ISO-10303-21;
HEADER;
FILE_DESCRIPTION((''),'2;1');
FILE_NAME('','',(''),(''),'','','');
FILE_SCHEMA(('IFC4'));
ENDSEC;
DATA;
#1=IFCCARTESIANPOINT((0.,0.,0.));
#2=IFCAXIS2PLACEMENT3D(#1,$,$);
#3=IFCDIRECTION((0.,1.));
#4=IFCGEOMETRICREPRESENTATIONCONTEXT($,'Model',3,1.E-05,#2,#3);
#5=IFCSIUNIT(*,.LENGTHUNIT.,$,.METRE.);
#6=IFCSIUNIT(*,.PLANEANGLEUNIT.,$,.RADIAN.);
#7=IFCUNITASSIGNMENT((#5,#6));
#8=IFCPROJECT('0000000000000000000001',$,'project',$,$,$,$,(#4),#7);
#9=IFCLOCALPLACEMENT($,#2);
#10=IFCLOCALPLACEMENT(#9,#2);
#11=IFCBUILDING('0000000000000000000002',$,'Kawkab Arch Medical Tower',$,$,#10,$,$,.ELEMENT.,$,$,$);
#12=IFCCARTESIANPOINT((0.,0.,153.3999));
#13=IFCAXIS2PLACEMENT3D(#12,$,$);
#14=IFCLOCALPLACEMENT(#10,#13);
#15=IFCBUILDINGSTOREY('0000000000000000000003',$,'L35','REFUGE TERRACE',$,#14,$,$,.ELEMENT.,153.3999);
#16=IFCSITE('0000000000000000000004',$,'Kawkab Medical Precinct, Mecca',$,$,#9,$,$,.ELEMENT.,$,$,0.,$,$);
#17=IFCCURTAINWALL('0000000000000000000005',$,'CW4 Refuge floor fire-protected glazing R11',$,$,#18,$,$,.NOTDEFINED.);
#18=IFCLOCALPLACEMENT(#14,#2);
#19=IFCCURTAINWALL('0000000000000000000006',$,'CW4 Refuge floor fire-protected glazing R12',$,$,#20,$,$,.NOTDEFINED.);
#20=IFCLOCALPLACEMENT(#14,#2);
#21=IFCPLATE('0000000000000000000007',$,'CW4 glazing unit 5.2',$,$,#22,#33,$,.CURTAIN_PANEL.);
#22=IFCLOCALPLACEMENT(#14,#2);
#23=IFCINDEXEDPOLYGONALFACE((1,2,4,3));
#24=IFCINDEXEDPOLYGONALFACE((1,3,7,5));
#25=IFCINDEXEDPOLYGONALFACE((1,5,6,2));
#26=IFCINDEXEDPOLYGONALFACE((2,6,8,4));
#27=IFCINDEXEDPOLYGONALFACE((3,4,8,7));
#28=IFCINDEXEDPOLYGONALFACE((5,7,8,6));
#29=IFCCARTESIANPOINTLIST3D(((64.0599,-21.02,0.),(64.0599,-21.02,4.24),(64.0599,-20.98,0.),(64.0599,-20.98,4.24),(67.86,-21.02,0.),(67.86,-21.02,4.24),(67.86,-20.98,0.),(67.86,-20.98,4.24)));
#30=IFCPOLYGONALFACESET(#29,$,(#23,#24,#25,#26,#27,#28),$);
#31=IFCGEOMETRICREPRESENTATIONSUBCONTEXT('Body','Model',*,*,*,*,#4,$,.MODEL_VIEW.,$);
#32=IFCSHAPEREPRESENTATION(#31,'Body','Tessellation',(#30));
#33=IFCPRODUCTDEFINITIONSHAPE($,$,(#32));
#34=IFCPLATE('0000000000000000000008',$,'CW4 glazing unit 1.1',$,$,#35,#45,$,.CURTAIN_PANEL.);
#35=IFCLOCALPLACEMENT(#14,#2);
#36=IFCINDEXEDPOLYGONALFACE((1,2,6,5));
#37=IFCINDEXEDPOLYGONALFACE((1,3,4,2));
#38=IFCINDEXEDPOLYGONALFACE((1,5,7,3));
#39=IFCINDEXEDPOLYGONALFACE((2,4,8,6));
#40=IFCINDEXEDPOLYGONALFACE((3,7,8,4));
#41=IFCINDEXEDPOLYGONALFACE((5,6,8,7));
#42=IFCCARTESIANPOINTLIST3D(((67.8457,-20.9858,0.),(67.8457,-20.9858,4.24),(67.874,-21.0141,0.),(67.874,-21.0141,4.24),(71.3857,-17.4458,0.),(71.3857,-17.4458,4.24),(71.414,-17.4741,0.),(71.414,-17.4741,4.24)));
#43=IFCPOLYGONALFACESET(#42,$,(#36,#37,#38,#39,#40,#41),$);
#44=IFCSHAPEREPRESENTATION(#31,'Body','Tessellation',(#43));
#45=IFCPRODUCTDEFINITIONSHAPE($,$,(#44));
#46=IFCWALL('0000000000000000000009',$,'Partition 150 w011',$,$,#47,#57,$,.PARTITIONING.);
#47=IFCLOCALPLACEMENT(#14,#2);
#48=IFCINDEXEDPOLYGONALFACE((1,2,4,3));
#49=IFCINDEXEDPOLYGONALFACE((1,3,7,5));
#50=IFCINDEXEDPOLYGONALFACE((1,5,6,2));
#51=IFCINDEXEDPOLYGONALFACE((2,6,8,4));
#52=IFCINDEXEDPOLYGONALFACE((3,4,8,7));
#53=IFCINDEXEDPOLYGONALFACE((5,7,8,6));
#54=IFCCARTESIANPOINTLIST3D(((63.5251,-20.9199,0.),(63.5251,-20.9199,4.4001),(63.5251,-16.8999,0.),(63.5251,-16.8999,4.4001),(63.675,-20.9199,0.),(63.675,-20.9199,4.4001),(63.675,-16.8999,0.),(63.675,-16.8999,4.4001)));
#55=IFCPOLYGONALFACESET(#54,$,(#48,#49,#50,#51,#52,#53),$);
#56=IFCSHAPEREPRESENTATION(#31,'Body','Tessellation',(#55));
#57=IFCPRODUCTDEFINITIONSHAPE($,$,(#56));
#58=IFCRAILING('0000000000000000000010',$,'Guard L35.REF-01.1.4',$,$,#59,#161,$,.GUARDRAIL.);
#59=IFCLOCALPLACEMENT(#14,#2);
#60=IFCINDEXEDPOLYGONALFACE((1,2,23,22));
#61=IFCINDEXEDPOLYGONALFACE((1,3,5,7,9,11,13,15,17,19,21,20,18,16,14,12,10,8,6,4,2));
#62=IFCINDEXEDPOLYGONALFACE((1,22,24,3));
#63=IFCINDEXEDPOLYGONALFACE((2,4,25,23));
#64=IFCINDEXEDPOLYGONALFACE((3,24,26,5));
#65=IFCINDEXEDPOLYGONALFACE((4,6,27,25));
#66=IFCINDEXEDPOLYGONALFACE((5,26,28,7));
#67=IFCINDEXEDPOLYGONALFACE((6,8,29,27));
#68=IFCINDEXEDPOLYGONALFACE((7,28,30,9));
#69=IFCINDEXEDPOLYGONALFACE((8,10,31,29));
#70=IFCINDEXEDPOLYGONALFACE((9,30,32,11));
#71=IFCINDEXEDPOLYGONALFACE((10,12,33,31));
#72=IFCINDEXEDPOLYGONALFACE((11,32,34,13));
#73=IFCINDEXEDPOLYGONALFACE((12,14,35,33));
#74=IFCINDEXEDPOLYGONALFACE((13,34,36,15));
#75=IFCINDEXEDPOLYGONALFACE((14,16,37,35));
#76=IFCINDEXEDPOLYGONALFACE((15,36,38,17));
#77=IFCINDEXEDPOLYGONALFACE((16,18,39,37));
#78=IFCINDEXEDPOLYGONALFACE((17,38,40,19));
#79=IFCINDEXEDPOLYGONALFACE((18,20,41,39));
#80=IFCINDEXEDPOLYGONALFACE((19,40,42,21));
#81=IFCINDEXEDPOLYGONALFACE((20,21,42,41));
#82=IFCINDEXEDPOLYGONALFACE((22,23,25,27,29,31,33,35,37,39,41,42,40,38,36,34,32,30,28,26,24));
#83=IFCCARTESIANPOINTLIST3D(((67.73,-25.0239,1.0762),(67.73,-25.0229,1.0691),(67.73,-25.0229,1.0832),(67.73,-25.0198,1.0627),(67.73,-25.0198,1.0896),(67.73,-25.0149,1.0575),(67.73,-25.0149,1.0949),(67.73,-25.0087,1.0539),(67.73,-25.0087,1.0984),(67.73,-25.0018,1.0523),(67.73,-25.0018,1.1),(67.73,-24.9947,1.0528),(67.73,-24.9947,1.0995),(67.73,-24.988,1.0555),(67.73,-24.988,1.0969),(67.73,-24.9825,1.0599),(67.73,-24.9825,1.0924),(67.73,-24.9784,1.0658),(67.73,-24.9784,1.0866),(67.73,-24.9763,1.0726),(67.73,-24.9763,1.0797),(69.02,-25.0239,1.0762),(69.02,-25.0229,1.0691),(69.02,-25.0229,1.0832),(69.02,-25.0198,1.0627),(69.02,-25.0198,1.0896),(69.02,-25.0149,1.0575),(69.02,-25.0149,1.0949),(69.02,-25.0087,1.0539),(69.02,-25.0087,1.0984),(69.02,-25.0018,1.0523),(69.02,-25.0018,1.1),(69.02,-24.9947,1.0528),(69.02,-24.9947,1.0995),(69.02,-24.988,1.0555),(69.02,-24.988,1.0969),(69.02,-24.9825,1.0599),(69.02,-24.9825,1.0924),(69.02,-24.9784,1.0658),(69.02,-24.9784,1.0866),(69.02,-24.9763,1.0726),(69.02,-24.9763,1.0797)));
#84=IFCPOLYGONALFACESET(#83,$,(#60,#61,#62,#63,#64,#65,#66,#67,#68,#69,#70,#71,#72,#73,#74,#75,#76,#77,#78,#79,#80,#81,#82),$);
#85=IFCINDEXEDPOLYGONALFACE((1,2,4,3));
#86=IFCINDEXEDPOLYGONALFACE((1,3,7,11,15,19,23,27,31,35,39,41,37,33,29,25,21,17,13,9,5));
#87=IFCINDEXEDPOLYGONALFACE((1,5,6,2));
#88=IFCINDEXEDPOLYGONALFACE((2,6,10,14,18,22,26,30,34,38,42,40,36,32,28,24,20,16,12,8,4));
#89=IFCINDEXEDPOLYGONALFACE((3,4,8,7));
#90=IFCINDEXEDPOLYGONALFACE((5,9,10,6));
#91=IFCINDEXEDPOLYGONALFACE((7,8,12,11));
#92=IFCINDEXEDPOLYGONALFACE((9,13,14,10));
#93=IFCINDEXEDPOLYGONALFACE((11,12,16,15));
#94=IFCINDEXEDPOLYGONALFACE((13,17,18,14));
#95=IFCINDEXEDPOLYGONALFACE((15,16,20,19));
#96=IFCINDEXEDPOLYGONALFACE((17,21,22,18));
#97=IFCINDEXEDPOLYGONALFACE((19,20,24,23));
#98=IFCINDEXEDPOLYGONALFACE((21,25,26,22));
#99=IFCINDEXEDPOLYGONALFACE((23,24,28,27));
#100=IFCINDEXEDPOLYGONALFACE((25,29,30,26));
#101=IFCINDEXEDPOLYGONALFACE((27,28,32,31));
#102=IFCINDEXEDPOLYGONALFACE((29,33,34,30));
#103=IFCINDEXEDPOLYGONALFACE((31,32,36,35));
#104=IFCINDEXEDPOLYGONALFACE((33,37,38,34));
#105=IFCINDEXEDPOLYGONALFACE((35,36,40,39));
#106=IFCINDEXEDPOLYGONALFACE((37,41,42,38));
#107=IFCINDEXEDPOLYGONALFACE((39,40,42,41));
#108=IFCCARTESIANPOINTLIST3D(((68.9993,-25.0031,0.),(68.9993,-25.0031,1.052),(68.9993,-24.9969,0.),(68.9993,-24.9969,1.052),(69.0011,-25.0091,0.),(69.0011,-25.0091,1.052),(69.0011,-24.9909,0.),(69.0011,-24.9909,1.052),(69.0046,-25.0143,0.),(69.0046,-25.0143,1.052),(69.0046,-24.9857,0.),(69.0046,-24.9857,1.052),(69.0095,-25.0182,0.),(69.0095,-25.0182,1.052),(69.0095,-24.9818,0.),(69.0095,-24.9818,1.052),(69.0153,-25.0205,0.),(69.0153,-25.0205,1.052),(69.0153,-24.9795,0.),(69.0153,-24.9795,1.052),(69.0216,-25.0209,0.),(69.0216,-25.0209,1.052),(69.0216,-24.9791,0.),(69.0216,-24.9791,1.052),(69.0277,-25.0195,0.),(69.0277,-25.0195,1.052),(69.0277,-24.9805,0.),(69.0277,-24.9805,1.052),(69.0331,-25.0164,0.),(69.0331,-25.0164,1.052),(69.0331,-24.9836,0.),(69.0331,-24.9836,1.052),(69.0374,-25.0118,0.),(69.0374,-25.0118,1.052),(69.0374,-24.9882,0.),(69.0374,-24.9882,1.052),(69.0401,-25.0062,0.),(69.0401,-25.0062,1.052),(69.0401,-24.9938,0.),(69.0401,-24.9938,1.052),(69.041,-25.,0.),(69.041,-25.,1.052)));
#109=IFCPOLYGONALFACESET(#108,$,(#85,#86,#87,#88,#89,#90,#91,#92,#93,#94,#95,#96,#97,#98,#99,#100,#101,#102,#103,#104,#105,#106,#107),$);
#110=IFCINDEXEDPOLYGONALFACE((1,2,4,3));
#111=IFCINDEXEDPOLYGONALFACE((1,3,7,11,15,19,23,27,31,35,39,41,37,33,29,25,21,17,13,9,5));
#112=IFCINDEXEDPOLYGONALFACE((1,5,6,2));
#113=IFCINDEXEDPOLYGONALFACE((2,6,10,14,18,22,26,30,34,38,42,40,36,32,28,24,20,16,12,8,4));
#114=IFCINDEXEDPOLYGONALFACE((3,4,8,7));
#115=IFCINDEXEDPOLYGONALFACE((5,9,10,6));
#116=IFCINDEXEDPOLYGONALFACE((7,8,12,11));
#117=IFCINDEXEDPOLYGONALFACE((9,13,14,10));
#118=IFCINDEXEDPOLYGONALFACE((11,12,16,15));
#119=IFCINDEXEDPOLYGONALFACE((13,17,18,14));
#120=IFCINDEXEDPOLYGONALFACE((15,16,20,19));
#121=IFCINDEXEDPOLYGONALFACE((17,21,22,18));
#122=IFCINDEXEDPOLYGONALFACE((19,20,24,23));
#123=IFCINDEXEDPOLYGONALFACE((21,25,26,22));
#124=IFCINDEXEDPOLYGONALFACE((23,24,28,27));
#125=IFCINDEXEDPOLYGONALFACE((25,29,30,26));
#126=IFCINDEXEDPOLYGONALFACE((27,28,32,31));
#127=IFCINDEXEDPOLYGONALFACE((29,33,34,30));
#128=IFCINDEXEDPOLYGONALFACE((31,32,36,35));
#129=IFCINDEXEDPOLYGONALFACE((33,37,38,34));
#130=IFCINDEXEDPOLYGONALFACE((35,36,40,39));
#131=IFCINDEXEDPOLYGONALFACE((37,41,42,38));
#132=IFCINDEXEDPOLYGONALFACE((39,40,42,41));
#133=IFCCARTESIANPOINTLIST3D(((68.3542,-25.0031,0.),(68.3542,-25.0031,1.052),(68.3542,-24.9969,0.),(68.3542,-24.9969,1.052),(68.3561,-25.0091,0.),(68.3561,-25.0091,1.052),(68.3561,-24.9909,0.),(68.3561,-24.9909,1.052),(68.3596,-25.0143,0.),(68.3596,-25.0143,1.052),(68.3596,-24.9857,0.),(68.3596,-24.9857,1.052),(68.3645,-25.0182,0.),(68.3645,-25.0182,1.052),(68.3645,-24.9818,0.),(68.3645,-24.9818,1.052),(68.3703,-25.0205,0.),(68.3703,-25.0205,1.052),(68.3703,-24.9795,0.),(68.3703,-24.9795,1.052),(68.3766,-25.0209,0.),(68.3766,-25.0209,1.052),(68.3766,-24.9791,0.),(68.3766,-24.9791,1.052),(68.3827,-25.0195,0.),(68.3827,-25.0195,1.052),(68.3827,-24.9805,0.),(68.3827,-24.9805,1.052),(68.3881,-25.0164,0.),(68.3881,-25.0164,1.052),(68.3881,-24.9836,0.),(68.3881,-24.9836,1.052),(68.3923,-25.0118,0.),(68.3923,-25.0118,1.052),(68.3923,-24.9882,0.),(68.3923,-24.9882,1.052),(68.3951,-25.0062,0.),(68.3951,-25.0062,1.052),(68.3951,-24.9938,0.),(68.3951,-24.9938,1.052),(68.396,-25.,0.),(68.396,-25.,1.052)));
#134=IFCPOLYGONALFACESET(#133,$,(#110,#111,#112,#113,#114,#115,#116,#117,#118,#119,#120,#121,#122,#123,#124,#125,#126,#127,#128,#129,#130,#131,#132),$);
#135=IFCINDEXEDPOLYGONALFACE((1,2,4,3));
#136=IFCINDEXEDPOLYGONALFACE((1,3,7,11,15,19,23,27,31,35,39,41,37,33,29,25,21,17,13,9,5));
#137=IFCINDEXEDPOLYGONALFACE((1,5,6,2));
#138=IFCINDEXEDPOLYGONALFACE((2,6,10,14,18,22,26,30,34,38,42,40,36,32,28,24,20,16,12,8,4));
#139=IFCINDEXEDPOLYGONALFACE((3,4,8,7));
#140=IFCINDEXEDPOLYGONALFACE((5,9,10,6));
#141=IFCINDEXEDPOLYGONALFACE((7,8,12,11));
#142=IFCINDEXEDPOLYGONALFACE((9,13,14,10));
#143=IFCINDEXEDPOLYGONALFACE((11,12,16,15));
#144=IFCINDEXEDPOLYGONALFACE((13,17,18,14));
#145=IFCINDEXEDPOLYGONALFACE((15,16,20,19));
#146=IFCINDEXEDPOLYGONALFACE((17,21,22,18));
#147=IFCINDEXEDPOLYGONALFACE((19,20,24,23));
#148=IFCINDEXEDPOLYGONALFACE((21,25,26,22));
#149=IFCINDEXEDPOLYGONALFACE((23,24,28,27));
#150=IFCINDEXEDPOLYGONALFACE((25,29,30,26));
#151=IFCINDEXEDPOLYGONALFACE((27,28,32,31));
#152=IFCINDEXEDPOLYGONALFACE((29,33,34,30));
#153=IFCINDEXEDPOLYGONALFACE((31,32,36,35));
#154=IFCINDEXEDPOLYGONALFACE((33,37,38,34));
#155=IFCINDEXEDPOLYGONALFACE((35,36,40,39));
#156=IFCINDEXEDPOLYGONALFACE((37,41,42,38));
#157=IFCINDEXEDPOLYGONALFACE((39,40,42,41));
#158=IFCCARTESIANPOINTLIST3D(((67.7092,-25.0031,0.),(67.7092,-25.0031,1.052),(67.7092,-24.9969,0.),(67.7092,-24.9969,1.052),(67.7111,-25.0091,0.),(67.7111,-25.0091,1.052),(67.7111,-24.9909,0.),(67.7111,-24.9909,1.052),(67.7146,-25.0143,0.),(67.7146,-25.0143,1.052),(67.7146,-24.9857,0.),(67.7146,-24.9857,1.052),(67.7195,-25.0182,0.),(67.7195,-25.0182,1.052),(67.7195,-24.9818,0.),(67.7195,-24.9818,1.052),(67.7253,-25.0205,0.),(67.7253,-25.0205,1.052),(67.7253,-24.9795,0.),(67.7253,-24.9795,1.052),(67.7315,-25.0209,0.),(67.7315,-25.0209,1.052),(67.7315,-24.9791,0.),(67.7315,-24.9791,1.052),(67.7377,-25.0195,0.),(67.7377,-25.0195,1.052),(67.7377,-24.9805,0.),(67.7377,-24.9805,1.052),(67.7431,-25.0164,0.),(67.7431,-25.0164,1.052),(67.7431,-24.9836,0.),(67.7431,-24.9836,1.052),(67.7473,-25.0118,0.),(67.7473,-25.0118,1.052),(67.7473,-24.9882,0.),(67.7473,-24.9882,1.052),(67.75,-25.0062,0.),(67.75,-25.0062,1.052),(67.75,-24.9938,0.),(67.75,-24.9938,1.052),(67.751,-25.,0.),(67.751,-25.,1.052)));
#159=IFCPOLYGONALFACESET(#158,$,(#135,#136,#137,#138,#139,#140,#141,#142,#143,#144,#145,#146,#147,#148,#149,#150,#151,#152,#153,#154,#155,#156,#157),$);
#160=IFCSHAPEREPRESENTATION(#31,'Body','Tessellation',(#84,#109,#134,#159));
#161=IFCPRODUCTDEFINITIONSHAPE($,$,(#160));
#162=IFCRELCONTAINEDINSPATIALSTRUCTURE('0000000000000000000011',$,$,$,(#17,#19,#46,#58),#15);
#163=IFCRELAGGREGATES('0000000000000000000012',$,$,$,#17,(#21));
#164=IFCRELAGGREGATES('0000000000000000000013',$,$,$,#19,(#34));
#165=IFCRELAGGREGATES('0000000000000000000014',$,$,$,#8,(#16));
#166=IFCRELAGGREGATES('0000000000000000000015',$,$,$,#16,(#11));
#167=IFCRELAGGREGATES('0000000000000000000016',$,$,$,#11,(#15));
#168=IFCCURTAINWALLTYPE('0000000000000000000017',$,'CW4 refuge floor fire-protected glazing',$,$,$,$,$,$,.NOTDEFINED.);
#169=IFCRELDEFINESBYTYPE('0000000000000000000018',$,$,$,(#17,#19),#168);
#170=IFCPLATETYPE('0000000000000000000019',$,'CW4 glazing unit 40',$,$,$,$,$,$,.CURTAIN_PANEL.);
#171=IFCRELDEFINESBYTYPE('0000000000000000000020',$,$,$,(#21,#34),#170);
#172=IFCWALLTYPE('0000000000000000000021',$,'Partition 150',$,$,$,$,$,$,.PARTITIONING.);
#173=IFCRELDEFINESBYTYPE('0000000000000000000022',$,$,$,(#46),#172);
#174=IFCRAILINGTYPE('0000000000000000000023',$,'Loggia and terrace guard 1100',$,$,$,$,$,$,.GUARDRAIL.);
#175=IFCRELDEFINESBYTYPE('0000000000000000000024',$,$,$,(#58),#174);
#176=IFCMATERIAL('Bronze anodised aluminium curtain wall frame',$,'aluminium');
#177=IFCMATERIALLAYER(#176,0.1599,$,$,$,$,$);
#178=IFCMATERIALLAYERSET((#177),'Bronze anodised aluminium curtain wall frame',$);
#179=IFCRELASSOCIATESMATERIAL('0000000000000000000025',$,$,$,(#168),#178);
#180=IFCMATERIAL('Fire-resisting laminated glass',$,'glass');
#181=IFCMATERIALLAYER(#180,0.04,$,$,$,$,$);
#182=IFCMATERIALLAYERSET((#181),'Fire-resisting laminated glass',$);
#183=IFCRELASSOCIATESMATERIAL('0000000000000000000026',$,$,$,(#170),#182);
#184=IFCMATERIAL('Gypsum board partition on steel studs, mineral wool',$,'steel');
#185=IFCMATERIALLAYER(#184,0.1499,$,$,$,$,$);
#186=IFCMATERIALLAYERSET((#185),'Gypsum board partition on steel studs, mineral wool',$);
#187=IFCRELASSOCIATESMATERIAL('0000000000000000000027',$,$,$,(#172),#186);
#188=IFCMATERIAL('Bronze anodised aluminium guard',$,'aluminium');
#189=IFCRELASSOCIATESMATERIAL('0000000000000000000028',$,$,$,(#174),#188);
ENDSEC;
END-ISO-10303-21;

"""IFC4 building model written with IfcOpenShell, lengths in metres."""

from ifc_helpers import new_model, si_unit, direction, frame, frame_2d, origin, origin_2d, place, context, subcontext, project, spatial, rectangle, circle, extrude, material, layer, layer_set, type_object, element, aggregate, save


model = new_model("IFC4")

# Units and contexts
model_context = context("Model", 3, precision=1e-05, world=origin(), true_north=direction((0.0, 1.0)))
body_context = subcontext(model_context, "Body", "Model", "MODEL_VIEW")
ifc_project = project(units=[si_unit("LENGTHUNIT", "METRE"), si_unit("PLANEANGLEUNIT", "RADIAN")], contexts=[model_context])

# Site, building, storey
site_placement = place(None, origin())
site = spatial("IfcSite", under=ifc_project, at=site_placement, Name="Kawkab Medical Precinct, Mecca", CompositionType="ELEMENT", RefElevation=0.0)
building_placement = place(site_placement, origin())
building = spatial("IfcBuilding", under=site, at=building_placement, Name="Kawkab Arch Medical Tower", CompositionType="ELEMENT")
storey_placement = place(building_placement, frame((0.0, 0.0, 153.3999)))
storey = spatial("IfcBuildingStorey", under=building, at=storey_placement, Name="L35", Description="REFUGE TERRACE", CompositionType="ELEMENT", Elevation=153.3999)

# Curtain wall
ifc_material_1 = material(Name="Bronze anodised aluminium curtain wall frame", Category="aluminium")
ifc_layer_1 = layer(ifc_material_1, 0.1599)
ifc_layer_set_1 = layer_set([ifc_layer_1], Name="Bronze anodised aluminium curtain wall frame")
curtain_wall_type = type_object("IfcCurtainWallType", Name="CW4 refuge floor fire-protected glazing", PredefinedType="NOTDEFINED", material=ifc_layer_set_1)
placement = place(storey_placement, origin())
curtain_wall_1 = element("IfcCurtainWall", 1, at=placement, inside=storey, type_object=curtain_wall_type, Name="CW4 Refuge floor fire-protected glazing R11", PredefinedType="NOTDEFINED")

# Curtain wall
curtain_wall_2 = element("IfcCurtainWall", 2, at=placement, inside=storey, type_object=curtain_wall_type, Name="CW4 Refuge floor fire-protected glazing R12", PredefinedType="NOTDEFINED")

# Plates
ifc_material_2 = material(Name="Fire-resisting laminated glass", Category="glass")
ifc_layer_2 = layer(ifc_material_2, 0.04)
ifc_layer_set_2 = layer_set([ifc_layer_2], Name="Fire-resisting laminated glass")
plate_type = type_object("IfcPlateType", Name="CW4 glazing unit 40", PredefinedType="CURTAIN_PANEL", material=ifc_layer_set_2)
plate_1_placement = place(storey_placement, frame((65.96, -21.0, 0.0), z_axis=(0.0, 0.0, 1.0), x_axis=(1.0, 0.0, 0.0)))
plate_1 = element("IfcPlate", 3, at=plate_1_placement, type_object=plate_type, Name="CW4 glazing unit 5.2", PredefinedType="CURTAIN_PANEL", context=body_context, shape_type="SweptSolid", body=[
    extrude(rectangle(XDim=3.8, YDim=0.04, at=origin_2d()), origin(), (0.0, 0.0, 1.0), 4.24),
])
aggregate(curtain_wall_1, [plate_1])
plate_2_placement = place(storey_placement, frame((69.6299, -19.23, 0.0), z_axis=(0.0, 0.0, 1.0), x_axis=(0.707107, 0.707107, 0.0)))
plate_2 = element("IfcPlate", 4, at=plate_2_placement, type_object=plate_type, Name="CW4 glazing unit 1.1", PredefinedType="CURTAIN_PANEL", context=body_context, shape_type="SweptSolid", body=[
    extrude(rectangle(XDim=5.0063, YDim=0.04, at=origin_2d()), origin(), (0.0, 0.0, 1.0), 4.24),
])
aggregate(curtain_wall_2, [plate_2])

# Wall
ifc_material_3 = material(Name="Gypsum board partition on steel studs, mineral wool", Category="steel")
ifc_layer_3 = layer(ifc_material_3, 0.1499)
ifc_layer_set_3 = layer_set([ifc_layer_3], Name="Gypsum board partition on steel studs, mineral wool")
wall_type = type_object("IfcWallType", Name="Partition 150", PredefinedType="PARTITIONING", material=ifc_layer_set_3)
wall_placement = place(storey_placement, frame((63.6001, -20.9199, 0.0), z_axis=(0.0, 0.0, 1.0), x_axis=(0.0, 1.0, 0.0)))
element("IfcWall", 5, at=wall_placement, inside=storey, type_object=wall_type, Name="Partition 150 w011", PredefinedType="PARTITIONING", context=body_context, shape_type="SweptSolid", body=[
    extrude(rectangle(XDim=4.02, YDim=0.1499, at=frame_2d((2.01, 0.0))), origin(), (0.0, 0.0, 1.0), 4.4001),
])

# Railing
ifc_material_4 = material(Name="Bronze anodised aluminium guard", Category="aluminium")
railing_type = type_object("IfcRailingType", Name="Loggia and terrace guard 1100", PredefinedType="GUARDRAIL", material=ifc_material_4)
railing_1_placement = place(storey_placement, frame((69.02, -25.0, 0.0)))
element("IfcRailing", 6, at=railing_1_placement, inside=storey, type_object=railing_type, Name="Guard L35.REF-01.1.4", PredefinedType="GUARDRAIL", context=body_context, shape_type="SweptSolid", body=[
    extrude(circle(Radius=0.0239, at=origin_2d()), frame((0.0, 0.0, 1.0762), z_axis=(-1.0, 0.0, 0.0), x_axis=(0.0, -1.0, 0.0)), (0.0, 0.0, 1.0), 1.29),
    extrude(circle(Radius=0.021, at=origin_2d()), origin(), (0.0, 0.0, 1.0), 1.052),
    extrude(circle(Radius=0.021, at=origin_2d()), frame((-0.645, 0.0, 0.0)), (0.0, 0.0, 1.0), 1.052),
    extrude(circle(Radius=0.021, at=origin_2d()), frame((-1.29, 0.0, 0.0)), (0.0, 0.0, 1.0), 1.052),
])

save(model, "model.ifc")
